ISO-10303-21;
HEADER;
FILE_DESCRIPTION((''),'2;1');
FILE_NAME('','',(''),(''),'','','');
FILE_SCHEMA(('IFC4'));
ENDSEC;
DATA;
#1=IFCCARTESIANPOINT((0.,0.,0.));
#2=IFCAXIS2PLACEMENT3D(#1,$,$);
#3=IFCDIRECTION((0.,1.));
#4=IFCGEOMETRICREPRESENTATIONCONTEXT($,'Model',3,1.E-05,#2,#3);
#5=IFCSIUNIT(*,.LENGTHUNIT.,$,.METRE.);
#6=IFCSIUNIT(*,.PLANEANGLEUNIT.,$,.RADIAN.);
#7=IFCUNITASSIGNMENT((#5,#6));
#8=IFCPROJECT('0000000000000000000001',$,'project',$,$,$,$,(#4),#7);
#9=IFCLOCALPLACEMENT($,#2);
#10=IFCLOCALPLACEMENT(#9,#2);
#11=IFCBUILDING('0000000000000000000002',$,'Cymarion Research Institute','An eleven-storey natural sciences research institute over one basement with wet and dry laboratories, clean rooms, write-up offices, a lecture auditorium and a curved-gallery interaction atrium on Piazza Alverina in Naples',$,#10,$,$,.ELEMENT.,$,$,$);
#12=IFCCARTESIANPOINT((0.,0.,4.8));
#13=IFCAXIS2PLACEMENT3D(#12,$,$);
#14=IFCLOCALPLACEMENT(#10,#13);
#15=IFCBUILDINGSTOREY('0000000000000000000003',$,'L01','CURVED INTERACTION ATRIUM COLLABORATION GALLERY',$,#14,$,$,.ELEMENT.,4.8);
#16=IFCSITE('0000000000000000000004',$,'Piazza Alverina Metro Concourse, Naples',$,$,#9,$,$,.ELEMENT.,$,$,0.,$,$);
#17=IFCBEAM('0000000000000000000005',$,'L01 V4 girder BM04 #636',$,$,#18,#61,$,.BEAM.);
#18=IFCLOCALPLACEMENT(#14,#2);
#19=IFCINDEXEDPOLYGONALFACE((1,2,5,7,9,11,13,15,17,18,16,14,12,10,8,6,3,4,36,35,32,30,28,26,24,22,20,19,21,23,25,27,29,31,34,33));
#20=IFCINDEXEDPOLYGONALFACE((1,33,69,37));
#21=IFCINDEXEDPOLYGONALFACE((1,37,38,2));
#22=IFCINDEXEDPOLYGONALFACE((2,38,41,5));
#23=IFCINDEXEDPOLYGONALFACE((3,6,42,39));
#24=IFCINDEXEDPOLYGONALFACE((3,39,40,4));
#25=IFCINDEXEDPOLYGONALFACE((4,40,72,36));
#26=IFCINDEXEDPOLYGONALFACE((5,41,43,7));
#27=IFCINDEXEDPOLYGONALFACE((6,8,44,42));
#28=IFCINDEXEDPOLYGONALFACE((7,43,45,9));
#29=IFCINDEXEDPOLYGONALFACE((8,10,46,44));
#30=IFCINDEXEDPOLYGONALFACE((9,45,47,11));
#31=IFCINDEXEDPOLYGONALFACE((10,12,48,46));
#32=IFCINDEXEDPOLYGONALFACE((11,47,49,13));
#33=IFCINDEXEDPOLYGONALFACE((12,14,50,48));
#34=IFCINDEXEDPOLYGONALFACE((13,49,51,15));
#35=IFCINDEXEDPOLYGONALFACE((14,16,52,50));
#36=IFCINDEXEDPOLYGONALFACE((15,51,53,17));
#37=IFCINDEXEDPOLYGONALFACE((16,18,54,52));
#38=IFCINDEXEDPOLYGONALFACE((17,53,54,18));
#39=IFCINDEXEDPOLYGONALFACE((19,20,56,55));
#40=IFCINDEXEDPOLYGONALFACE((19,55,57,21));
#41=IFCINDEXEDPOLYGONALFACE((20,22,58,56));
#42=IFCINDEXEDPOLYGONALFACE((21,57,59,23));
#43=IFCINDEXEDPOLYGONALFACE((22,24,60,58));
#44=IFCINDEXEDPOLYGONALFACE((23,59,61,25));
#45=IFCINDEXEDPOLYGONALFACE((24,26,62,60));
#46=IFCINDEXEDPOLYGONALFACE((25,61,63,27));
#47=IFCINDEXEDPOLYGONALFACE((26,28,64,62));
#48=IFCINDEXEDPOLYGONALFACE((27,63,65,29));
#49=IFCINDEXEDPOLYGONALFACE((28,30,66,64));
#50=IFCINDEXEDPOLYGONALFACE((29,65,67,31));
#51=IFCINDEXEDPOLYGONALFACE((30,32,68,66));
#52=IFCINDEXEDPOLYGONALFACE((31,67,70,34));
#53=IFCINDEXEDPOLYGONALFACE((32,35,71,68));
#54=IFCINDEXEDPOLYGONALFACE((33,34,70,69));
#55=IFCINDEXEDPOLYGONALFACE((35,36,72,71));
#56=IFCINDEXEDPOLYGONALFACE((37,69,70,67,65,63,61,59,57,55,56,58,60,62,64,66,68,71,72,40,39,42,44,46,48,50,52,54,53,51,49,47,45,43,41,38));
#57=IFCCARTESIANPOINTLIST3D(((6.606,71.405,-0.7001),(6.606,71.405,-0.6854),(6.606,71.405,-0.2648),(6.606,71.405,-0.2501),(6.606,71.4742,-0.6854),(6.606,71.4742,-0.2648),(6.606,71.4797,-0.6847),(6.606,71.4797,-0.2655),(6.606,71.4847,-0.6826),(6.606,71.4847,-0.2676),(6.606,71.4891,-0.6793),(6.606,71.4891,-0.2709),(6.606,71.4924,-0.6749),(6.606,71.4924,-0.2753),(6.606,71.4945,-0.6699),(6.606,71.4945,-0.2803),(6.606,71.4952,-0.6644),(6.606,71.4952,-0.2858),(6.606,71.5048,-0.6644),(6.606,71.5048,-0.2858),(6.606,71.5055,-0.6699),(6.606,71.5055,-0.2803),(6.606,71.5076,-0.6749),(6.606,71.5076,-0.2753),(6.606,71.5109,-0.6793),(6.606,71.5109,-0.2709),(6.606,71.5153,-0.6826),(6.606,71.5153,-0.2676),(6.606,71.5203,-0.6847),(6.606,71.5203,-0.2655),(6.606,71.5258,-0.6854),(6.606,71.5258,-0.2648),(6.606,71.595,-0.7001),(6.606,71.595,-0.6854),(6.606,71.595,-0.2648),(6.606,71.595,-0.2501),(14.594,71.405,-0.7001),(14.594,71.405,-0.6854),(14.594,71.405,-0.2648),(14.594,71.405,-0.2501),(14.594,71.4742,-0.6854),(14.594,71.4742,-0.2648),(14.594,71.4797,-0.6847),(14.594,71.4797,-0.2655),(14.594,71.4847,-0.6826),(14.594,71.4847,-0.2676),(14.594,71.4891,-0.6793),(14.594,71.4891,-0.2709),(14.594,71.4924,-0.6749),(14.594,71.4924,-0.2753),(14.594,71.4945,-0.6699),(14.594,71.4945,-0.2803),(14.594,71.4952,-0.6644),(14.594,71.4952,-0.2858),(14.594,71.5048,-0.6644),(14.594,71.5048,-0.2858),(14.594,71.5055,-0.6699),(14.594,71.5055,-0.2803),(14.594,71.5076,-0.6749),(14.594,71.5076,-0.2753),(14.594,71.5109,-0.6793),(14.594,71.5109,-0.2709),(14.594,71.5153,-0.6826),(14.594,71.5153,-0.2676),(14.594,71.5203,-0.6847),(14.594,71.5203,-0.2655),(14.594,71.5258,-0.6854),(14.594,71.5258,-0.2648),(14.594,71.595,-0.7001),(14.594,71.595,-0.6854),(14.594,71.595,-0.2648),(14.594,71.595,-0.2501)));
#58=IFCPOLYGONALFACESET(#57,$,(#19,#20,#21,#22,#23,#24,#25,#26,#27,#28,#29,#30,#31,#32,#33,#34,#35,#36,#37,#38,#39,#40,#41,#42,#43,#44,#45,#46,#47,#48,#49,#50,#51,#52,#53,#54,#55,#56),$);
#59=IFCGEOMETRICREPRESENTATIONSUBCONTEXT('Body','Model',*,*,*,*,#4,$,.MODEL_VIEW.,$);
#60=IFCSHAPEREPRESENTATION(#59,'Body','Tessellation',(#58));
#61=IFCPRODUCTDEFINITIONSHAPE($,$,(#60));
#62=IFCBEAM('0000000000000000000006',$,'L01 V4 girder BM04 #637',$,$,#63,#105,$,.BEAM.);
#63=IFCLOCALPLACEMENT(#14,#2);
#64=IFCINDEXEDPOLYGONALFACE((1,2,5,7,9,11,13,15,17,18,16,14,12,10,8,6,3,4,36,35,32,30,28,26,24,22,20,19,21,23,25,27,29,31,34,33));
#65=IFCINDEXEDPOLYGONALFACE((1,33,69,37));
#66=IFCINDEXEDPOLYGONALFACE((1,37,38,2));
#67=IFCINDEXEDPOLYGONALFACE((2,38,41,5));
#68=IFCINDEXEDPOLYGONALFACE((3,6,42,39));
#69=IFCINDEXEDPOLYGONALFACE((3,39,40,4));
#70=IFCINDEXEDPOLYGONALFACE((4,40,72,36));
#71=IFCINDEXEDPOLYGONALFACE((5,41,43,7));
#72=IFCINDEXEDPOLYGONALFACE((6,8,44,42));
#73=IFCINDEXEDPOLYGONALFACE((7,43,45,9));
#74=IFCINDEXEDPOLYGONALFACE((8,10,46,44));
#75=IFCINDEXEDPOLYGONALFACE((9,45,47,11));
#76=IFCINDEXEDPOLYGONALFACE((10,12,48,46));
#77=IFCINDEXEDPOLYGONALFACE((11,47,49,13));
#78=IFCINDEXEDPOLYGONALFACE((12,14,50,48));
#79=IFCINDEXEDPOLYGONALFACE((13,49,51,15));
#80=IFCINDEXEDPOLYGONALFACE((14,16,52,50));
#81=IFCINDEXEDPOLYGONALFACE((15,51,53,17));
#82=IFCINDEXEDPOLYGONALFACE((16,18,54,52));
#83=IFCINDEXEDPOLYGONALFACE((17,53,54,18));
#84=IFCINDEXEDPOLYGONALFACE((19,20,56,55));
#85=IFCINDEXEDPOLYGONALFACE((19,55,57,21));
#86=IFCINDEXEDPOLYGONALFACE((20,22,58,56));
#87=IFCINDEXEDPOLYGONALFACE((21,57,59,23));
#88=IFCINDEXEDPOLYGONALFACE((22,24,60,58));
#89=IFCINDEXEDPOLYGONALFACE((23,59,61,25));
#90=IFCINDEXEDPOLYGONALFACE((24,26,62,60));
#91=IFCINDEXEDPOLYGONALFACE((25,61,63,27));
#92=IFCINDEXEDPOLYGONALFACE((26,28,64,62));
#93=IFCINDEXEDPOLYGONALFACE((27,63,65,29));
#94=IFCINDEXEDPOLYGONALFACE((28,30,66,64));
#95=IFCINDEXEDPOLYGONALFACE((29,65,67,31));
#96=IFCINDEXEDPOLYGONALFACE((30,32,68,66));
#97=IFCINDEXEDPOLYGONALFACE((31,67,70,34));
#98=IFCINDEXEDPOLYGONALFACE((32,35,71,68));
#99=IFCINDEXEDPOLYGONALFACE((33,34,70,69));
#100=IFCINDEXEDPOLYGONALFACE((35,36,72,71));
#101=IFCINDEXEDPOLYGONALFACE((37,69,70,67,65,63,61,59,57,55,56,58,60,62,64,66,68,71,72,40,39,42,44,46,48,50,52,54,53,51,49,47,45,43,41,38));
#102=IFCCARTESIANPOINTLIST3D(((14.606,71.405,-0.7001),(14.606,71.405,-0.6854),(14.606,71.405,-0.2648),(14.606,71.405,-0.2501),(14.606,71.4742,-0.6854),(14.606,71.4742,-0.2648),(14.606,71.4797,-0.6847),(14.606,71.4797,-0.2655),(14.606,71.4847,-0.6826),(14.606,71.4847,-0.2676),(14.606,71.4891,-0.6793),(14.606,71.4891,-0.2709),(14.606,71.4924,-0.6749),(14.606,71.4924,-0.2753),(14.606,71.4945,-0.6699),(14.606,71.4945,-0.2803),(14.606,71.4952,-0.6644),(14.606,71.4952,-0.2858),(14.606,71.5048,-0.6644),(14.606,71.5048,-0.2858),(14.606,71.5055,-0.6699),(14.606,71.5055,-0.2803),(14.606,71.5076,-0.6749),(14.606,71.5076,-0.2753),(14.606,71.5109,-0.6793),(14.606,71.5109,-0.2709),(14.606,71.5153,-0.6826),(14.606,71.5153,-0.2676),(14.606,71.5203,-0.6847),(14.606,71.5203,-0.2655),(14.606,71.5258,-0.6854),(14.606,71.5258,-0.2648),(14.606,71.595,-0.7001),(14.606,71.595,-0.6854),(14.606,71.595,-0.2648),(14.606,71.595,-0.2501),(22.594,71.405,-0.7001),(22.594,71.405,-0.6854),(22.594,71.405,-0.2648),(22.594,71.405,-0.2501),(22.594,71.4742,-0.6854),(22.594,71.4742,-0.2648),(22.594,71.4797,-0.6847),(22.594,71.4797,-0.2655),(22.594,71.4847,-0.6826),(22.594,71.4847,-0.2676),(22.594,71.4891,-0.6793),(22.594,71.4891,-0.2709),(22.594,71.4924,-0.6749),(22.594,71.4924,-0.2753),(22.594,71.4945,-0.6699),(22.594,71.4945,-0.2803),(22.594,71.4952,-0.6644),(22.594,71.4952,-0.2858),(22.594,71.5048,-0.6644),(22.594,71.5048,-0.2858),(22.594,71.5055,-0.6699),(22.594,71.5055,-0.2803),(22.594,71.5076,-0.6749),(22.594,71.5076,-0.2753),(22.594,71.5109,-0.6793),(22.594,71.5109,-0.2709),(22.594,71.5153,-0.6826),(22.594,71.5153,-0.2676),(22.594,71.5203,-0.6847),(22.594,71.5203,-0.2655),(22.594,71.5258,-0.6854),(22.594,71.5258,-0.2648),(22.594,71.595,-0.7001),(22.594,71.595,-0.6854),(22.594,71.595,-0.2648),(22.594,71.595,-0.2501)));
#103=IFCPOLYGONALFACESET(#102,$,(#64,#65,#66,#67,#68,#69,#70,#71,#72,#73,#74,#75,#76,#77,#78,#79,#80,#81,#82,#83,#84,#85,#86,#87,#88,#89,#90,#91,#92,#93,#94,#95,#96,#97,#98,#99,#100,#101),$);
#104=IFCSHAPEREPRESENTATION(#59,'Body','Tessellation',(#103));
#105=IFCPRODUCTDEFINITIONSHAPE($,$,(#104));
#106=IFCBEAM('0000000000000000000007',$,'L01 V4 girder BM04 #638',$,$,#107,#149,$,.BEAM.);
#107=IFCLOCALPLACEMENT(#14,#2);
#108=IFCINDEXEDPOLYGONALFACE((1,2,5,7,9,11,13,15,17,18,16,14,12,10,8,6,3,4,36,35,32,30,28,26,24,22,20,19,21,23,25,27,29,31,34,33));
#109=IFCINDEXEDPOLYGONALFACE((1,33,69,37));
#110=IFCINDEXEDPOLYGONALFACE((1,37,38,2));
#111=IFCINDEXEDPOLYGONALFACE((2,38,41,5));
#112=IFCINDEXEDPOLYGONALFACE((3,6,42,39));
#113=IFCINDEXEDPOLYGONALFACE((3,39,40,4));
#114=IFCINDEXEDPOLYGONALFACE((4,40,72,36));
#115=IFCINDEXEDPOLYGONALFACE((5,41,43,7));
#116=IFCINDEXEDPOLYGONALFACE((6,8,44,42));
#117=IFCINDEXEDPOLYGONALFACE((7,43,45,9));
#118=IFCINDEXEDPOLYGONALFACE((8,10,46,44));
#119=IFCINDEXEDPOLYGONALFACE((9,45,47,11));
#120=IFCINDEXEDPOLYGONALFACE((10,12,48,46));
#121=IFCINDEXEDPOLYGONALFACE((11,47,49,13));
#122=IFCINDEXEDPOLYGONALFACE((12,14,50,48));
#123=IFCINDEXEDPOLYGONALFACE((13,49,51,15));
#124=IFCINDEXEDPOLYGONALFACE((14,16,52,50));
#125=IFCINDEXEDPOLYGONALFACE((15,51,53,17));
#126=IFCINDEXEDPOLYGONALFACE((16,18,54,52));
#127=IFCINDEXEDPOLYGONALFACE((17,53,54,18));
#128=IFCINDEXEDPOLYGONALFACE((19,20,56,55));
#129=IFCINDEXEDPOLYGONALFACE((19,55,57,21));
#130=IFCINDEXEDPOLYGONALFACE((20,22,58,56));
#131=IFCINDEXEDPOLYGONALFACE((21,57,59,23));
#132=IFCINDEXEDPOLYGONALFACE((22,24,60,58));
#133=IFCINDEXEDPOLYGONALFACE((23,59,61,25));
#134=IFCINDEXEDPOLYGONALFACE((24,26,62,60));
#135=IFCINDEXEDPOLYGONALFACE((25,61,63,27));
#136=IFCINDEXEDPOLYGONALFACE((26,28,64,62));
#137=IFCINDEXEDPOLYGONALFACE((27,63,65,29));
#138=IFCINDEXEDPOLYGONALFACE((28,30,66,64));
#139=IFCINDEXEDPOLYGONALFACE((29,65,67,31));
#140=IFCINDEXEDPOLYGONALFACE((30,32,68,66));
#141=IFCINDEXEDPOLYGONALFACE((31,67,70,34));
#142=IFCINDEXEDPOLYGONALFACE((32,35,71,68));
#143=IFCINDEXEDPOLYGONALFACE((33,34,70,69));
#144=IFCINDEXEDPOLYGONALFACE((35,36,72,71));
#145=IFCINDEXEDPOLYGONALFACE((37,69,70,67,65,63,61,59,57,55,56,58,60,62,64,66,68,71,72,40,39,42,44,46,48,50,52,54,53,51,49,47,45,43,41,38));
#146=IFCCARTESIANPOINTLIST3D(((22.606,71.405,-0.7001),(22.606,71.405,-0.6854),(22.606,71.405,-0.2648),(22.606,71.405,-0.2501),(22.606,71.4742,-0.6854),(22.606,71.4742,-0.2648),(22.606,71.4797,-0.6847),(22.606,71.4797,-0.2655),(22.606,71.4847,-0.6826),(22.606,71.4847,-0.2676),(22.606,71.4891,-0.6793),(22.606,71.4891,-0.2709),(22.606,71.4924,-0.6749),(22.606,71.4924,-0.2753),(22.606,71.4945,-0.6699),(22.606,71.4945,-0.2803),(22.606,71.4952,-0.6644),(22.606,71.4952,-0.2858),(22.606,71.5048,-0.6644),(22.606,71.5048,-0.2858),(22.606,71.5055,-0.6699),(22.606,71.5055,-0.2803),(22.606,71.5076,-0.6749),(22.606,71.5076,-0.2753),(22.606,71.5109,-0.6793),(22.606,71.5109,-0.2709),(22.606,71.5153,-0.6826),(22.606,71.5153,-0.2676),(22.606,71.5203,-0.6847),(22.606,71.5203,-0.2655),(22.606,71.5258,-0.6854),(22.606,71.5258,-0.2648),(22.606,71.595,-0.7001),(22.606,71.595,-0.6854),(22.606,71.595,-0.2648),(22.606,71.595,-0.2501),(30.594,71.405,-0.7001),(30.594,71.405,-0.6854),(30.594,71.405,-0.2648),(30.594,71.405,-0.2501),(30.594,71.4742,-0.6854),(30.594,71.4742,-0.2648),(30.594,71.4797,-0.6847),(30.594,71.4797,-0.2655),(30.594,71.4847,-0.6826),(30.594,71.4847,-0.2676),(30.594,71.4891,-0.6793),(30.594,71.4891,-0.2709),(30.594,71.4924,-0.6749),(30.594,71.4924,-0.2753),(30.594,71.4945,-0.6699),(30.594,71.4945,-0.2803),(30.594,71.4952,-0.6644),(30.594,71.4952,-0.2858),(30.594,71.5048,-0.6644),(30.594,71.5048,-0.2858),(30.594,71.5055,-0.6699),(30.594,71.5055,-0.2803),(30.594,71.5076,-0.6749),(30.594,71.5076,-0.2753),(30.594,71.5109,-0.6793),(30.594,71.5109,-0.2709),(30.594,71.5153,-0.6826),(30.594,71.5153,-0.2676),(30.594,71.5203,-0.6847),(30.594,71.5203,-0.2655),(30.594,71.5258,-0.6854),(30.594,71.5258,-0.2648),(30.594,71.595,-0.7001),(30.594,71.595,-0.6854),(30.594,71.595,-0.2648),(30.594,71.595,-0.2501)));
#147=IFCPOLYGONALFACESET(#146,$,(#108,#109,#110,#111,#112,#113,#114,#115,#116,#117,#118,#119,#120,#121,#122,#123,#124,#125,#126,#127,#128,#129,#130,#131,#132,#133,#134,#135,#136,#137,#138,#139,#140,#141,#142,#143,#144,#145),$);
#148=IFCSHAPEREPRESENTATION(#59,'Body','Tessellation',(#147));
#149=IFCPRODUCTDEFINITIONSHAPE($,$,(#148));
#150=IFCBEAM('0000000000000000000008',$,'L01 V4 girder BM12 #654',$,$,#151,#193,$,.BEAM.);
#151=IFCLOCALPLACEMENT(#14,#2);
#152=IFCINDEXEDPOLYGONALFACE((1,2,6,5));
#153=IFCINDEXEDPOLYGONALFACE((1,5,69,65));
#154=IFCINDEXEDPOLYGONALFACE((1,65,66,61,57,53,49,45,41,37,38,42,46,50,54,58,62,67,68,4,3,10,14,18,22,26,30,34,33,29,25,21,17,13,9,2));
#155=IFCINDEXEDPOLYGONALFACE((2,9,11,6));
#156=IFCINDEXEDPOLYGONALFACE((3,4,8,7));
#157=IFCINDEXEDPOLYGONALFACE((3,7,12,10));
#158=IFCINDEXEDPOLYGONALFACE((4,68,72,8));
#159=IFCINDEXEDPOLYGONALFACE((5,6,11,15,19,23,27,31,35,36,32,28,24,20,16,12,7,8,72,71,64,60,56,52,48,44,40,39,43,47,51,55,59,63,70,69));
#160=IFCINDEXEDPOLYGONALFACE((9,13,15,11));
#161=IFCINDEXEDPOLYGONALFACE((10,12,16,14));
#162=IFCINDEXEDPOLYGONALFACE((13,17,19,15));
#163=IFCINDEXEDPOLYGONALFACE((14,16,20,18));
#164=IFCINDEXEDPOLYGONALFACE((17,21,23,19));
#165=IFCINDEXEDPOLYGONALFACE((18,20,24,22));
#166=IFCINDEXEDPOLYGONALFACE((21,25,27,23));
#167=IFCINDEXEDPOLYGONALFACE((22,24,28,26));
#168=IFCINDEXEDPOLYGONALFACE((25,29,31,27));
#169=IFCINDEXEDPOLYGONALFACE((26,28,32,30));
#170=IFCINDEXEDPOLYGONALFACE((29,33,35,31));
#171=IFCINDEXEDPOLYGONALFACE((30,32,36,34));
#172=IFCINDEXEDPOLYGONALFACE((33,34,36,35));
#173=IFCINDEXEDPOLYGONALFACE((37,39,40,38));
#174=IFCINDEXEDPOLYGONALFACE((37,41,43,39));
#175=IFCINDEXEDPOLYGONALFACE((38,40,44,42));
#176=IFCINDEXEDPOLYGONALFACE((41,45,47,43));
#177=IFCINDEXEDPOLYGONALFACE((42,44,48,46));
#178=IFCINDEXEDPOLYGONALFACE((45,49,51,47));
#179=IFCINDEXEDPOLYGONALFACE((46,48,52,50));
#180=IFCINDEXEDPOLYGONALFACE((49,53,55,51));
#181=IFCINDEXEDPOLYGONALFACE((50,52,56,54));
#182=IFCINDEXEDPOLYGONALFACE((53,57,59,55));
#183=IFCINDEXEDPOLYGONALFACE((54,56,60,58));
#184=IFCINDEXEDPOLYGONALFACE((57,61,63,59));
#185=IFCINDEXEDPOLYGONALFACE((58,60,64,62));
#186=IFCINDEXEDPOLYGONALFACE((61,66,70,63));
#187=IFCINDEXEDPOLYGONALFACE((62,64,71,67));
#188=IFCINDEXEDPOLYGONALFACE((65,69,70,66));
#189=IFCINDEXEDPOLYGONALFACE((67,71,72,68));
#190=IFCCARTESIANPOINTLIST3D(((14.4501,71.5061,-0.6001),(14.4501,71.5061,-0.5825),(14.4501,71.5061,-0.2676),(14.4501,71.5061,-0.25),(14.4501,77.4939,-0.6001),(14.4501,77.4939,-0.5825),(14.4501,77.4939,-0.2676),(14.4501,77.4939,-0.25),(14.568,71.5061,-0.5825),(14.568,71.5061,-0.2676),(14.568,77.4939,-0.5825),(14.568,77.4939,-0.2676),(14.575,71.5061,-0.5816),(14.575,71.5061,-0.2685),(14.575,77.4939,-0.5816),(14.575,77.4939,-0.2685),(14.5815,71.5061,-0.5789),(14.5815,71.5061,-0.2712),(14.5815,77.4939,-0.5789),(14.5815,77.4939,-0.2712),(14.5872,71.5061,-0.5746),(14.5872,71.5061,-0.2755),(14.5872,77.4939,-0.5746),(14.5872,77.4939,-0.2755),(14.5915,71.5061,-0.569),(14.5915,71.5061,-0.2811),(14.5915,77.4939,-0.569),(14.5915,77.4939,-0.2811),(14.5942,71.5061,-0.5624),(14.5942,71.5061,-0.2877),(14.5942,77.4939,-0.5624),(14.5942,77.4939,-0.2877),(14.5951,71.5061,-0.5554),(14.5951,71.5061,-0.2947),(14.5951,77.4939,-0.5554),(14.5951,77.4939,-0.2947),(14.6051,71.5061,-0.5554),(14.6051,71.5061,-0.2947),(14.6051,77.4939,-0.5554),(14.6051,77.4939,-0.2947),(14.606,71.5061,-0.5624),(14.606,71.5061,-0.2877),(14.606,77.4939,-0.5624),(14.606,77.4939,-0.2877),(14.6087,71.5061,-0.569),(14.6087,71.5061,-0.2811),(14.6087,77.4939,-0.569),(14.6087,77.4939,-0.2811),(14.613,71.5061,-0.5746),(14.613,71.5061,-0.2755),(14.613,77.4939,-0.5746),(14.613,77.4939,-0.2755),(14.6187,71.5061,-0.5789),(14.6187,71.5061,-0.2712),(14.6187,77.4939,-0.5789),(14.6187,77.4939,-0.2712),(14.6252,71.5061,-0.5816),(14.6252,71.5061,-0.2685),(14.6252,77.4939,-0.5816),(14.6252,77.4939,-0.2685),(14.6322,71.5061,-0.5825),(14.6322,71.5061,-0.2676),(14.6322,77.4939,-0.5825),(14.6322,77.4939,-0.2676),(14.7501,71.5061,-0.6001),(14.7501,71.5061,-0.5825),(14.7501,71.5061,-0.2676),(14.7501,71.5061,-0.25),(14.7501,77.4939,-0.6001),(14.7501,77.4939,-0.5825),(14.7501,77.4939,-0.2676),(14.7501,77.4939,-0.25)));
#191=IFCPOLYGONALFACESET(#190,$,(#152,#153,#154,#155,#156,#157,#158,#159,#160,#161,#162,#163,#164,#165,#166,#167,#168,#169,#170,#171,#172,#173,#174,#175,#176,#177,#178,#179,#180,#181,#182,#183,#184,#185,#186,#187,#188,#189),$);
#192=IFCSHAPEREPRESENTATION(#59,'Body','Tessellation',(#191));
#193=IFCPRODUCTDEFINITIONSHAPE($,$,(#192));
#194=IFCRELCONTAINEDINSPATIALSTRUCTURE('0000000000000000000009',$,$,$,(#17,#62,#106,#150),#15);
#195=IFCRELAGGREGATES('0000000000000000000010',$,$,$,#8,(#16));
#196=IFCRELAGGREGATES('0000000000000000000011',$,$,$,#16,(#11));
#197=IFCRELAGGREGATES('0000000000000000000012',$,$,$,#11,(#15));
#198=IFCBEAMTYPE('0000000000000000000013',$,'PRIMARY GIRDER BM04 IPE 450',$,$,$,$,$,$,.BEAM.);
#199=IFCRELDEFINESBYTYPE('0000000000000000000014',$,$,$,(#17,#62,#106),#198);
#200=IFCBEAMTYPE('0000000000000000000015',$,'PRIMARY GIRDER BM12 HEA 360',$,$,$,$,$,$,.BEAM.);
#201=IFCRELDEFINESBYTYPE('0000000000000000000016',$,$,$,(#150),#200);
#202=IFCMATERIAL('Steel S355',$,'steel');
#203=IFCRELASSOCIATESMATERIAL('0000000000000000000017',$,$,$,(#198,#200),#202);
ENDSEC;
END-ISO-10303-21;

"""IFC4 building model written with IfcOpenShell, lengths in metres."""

from ifc_helpers import new_model, si_unit, direction, frame, origin, origin_2d, place, context, subcontext, project, spatial, i_section, extrude, material, material_profile, profile_set, type_object, element, save


model = new_model("IFC4")

# Units and contexts
model_context = context("Model", 3, precision=1e-05, world=origin(), true_north=direction((0.0, 1.0)))
body_context = subcontext(model_context, "Body", "Model", "MODEL_VIEW")
ifc_project = project(units=[si_unit("LENGTHUNIT", "METRE"), si_unit("PLANEANGLEUNIT", "RADIAN")], contexts=[model_context])

# Site, building, storey
site_placement = place(None, origin())
site = spatial("IfcSite", under=ifc_project, at=site_placement, Name="Piazza Alverina Metro Concourse, Naples", CompositionType="ELEMENT", RefElevation=0.0)
building_placement = place(site_placement, origin())
building = spatial("IfcBuilding", under=site, at=building_placement, Name="Cymarion Research Institute", Description="An eleven-storey natural sciences research institute over one basement with wet and dry laboratories, clean rooms, write-up offices, a lecture auditorium and a curved-gallery interaction atrium on Piazza Alverina in Naples", CompositionType="ELEMENT")
storey_placement = place(building_placement, frame((0.0, 0.0, 4.8)))
storey = spatial("IfcBuildingStorey", under=building, at=storey_placement, Name="L01", Description="CURVED INTERACTION ATRIUM COLLABORATION GALLERY", CompositionType="ELEMENT", Elevation=4.8)

# Shared definitions
ifc_material_1 = material(Name="Steel S355", Category="steel")

# Beams
ifc_material_profile_1 = material_profile(ifc_material_1, i_section(OverallWidth=0.1899, OverallDepth=0.45, WebThickness=0.0095, FlangeThickness=0.0146, FilletRadius=0.021, at=origin_2d()), Name="IPE 450")
ifc_profile_set_1 = profile_set([ifc_material_profile_1], Name="Steel S355")
beam_type_1 = type_object("IfcBeamType", Name="PRIMARY GIRDER BM04 IPE 450", PredefinedType="BEAM", material=ifc_profile_set_1)
for number, where, z_axis, x_axis, name in (
    (1, (6.606, 71.5, -0.4751), (1.0, 0.0, 0.0), (0.0, 1.0, 0.0), "L01 V4 girder BM04 #636"),
    (2, (14.606, 71.5, -0.4751), (1.0, 0.0, 0.0), (0.0, 1.0, 0.0), "L01 V4 girder BM04 #637"),
    (3, (22.606, 71.5, -0.4751), (1.0, 0.0, 0.0), (0.0, 1.0, 0.0), "L01 V4 girder BM04 #638"),
):
    element("IfcBeam", number, at=place(storey_placement, frame(where, z_axis=z_axis, x_axis=x_axis)), inside=storey, type_object=beam_type_1, Name=name, PredefinedType="BEAM", context=body_context, shape_type="SweptSolid", body=[
        extrude(i_section(OverallWidth=0.1899, OverallDepth=0.45, WebThickness=0.0095, FlangeThickness=0.0146, FilletRadius=0.021, at=origin_2d()), origin(), (0.0, 0.0, 1.0), 7.988),
    ])
ifc_material_profile_2 = material_profile(ifc_material_1, i_section(OverallWidth=0.3, OverallDepth=0.3501, WebThickness=0.01, FlangeThickness=0.0176, FilletRadius=0.0271, at=origin_2d()), Name="HEA 360")
ifc_profile_set_2 = profile_set([ifc_material_profile_2], Name="Steel S355")
beam_type_2 = type_object("IfcBeamType", Name="PRIMARY GIRDER BM12 HEA 360", PredefinedType="BEAM", material=ifc_profile_set_2)
for number, where, z_axis, x_axis, name in (
    (4, (14.6001, 71.5061, -0.425), (0.0, 1.0, 0.0), (-1.0, 0.0, 0.0), "L01 V4 girder BM12 #654"),
):
    element("IfcBeam", number, at=place(storey_placement, frame(where, z_axis=z_axis, x_axis=x_axis)), inside=storey, type_object=beam_type_2, Name=name, PredefinedType="BEAM", context=body_context, shape_type="SweptSolid", body=[
        extrude(i_section(OverallWidth=0.3, OverallDepth=0.3501, WebThickness=0.01, FlangeThickness=0.0176, FilletRadius=0.0271, at=origin_2d()), origin(), (0.0, 0.0, 1.0), 5.9878),
    ])

save(model, "model.ifc")
